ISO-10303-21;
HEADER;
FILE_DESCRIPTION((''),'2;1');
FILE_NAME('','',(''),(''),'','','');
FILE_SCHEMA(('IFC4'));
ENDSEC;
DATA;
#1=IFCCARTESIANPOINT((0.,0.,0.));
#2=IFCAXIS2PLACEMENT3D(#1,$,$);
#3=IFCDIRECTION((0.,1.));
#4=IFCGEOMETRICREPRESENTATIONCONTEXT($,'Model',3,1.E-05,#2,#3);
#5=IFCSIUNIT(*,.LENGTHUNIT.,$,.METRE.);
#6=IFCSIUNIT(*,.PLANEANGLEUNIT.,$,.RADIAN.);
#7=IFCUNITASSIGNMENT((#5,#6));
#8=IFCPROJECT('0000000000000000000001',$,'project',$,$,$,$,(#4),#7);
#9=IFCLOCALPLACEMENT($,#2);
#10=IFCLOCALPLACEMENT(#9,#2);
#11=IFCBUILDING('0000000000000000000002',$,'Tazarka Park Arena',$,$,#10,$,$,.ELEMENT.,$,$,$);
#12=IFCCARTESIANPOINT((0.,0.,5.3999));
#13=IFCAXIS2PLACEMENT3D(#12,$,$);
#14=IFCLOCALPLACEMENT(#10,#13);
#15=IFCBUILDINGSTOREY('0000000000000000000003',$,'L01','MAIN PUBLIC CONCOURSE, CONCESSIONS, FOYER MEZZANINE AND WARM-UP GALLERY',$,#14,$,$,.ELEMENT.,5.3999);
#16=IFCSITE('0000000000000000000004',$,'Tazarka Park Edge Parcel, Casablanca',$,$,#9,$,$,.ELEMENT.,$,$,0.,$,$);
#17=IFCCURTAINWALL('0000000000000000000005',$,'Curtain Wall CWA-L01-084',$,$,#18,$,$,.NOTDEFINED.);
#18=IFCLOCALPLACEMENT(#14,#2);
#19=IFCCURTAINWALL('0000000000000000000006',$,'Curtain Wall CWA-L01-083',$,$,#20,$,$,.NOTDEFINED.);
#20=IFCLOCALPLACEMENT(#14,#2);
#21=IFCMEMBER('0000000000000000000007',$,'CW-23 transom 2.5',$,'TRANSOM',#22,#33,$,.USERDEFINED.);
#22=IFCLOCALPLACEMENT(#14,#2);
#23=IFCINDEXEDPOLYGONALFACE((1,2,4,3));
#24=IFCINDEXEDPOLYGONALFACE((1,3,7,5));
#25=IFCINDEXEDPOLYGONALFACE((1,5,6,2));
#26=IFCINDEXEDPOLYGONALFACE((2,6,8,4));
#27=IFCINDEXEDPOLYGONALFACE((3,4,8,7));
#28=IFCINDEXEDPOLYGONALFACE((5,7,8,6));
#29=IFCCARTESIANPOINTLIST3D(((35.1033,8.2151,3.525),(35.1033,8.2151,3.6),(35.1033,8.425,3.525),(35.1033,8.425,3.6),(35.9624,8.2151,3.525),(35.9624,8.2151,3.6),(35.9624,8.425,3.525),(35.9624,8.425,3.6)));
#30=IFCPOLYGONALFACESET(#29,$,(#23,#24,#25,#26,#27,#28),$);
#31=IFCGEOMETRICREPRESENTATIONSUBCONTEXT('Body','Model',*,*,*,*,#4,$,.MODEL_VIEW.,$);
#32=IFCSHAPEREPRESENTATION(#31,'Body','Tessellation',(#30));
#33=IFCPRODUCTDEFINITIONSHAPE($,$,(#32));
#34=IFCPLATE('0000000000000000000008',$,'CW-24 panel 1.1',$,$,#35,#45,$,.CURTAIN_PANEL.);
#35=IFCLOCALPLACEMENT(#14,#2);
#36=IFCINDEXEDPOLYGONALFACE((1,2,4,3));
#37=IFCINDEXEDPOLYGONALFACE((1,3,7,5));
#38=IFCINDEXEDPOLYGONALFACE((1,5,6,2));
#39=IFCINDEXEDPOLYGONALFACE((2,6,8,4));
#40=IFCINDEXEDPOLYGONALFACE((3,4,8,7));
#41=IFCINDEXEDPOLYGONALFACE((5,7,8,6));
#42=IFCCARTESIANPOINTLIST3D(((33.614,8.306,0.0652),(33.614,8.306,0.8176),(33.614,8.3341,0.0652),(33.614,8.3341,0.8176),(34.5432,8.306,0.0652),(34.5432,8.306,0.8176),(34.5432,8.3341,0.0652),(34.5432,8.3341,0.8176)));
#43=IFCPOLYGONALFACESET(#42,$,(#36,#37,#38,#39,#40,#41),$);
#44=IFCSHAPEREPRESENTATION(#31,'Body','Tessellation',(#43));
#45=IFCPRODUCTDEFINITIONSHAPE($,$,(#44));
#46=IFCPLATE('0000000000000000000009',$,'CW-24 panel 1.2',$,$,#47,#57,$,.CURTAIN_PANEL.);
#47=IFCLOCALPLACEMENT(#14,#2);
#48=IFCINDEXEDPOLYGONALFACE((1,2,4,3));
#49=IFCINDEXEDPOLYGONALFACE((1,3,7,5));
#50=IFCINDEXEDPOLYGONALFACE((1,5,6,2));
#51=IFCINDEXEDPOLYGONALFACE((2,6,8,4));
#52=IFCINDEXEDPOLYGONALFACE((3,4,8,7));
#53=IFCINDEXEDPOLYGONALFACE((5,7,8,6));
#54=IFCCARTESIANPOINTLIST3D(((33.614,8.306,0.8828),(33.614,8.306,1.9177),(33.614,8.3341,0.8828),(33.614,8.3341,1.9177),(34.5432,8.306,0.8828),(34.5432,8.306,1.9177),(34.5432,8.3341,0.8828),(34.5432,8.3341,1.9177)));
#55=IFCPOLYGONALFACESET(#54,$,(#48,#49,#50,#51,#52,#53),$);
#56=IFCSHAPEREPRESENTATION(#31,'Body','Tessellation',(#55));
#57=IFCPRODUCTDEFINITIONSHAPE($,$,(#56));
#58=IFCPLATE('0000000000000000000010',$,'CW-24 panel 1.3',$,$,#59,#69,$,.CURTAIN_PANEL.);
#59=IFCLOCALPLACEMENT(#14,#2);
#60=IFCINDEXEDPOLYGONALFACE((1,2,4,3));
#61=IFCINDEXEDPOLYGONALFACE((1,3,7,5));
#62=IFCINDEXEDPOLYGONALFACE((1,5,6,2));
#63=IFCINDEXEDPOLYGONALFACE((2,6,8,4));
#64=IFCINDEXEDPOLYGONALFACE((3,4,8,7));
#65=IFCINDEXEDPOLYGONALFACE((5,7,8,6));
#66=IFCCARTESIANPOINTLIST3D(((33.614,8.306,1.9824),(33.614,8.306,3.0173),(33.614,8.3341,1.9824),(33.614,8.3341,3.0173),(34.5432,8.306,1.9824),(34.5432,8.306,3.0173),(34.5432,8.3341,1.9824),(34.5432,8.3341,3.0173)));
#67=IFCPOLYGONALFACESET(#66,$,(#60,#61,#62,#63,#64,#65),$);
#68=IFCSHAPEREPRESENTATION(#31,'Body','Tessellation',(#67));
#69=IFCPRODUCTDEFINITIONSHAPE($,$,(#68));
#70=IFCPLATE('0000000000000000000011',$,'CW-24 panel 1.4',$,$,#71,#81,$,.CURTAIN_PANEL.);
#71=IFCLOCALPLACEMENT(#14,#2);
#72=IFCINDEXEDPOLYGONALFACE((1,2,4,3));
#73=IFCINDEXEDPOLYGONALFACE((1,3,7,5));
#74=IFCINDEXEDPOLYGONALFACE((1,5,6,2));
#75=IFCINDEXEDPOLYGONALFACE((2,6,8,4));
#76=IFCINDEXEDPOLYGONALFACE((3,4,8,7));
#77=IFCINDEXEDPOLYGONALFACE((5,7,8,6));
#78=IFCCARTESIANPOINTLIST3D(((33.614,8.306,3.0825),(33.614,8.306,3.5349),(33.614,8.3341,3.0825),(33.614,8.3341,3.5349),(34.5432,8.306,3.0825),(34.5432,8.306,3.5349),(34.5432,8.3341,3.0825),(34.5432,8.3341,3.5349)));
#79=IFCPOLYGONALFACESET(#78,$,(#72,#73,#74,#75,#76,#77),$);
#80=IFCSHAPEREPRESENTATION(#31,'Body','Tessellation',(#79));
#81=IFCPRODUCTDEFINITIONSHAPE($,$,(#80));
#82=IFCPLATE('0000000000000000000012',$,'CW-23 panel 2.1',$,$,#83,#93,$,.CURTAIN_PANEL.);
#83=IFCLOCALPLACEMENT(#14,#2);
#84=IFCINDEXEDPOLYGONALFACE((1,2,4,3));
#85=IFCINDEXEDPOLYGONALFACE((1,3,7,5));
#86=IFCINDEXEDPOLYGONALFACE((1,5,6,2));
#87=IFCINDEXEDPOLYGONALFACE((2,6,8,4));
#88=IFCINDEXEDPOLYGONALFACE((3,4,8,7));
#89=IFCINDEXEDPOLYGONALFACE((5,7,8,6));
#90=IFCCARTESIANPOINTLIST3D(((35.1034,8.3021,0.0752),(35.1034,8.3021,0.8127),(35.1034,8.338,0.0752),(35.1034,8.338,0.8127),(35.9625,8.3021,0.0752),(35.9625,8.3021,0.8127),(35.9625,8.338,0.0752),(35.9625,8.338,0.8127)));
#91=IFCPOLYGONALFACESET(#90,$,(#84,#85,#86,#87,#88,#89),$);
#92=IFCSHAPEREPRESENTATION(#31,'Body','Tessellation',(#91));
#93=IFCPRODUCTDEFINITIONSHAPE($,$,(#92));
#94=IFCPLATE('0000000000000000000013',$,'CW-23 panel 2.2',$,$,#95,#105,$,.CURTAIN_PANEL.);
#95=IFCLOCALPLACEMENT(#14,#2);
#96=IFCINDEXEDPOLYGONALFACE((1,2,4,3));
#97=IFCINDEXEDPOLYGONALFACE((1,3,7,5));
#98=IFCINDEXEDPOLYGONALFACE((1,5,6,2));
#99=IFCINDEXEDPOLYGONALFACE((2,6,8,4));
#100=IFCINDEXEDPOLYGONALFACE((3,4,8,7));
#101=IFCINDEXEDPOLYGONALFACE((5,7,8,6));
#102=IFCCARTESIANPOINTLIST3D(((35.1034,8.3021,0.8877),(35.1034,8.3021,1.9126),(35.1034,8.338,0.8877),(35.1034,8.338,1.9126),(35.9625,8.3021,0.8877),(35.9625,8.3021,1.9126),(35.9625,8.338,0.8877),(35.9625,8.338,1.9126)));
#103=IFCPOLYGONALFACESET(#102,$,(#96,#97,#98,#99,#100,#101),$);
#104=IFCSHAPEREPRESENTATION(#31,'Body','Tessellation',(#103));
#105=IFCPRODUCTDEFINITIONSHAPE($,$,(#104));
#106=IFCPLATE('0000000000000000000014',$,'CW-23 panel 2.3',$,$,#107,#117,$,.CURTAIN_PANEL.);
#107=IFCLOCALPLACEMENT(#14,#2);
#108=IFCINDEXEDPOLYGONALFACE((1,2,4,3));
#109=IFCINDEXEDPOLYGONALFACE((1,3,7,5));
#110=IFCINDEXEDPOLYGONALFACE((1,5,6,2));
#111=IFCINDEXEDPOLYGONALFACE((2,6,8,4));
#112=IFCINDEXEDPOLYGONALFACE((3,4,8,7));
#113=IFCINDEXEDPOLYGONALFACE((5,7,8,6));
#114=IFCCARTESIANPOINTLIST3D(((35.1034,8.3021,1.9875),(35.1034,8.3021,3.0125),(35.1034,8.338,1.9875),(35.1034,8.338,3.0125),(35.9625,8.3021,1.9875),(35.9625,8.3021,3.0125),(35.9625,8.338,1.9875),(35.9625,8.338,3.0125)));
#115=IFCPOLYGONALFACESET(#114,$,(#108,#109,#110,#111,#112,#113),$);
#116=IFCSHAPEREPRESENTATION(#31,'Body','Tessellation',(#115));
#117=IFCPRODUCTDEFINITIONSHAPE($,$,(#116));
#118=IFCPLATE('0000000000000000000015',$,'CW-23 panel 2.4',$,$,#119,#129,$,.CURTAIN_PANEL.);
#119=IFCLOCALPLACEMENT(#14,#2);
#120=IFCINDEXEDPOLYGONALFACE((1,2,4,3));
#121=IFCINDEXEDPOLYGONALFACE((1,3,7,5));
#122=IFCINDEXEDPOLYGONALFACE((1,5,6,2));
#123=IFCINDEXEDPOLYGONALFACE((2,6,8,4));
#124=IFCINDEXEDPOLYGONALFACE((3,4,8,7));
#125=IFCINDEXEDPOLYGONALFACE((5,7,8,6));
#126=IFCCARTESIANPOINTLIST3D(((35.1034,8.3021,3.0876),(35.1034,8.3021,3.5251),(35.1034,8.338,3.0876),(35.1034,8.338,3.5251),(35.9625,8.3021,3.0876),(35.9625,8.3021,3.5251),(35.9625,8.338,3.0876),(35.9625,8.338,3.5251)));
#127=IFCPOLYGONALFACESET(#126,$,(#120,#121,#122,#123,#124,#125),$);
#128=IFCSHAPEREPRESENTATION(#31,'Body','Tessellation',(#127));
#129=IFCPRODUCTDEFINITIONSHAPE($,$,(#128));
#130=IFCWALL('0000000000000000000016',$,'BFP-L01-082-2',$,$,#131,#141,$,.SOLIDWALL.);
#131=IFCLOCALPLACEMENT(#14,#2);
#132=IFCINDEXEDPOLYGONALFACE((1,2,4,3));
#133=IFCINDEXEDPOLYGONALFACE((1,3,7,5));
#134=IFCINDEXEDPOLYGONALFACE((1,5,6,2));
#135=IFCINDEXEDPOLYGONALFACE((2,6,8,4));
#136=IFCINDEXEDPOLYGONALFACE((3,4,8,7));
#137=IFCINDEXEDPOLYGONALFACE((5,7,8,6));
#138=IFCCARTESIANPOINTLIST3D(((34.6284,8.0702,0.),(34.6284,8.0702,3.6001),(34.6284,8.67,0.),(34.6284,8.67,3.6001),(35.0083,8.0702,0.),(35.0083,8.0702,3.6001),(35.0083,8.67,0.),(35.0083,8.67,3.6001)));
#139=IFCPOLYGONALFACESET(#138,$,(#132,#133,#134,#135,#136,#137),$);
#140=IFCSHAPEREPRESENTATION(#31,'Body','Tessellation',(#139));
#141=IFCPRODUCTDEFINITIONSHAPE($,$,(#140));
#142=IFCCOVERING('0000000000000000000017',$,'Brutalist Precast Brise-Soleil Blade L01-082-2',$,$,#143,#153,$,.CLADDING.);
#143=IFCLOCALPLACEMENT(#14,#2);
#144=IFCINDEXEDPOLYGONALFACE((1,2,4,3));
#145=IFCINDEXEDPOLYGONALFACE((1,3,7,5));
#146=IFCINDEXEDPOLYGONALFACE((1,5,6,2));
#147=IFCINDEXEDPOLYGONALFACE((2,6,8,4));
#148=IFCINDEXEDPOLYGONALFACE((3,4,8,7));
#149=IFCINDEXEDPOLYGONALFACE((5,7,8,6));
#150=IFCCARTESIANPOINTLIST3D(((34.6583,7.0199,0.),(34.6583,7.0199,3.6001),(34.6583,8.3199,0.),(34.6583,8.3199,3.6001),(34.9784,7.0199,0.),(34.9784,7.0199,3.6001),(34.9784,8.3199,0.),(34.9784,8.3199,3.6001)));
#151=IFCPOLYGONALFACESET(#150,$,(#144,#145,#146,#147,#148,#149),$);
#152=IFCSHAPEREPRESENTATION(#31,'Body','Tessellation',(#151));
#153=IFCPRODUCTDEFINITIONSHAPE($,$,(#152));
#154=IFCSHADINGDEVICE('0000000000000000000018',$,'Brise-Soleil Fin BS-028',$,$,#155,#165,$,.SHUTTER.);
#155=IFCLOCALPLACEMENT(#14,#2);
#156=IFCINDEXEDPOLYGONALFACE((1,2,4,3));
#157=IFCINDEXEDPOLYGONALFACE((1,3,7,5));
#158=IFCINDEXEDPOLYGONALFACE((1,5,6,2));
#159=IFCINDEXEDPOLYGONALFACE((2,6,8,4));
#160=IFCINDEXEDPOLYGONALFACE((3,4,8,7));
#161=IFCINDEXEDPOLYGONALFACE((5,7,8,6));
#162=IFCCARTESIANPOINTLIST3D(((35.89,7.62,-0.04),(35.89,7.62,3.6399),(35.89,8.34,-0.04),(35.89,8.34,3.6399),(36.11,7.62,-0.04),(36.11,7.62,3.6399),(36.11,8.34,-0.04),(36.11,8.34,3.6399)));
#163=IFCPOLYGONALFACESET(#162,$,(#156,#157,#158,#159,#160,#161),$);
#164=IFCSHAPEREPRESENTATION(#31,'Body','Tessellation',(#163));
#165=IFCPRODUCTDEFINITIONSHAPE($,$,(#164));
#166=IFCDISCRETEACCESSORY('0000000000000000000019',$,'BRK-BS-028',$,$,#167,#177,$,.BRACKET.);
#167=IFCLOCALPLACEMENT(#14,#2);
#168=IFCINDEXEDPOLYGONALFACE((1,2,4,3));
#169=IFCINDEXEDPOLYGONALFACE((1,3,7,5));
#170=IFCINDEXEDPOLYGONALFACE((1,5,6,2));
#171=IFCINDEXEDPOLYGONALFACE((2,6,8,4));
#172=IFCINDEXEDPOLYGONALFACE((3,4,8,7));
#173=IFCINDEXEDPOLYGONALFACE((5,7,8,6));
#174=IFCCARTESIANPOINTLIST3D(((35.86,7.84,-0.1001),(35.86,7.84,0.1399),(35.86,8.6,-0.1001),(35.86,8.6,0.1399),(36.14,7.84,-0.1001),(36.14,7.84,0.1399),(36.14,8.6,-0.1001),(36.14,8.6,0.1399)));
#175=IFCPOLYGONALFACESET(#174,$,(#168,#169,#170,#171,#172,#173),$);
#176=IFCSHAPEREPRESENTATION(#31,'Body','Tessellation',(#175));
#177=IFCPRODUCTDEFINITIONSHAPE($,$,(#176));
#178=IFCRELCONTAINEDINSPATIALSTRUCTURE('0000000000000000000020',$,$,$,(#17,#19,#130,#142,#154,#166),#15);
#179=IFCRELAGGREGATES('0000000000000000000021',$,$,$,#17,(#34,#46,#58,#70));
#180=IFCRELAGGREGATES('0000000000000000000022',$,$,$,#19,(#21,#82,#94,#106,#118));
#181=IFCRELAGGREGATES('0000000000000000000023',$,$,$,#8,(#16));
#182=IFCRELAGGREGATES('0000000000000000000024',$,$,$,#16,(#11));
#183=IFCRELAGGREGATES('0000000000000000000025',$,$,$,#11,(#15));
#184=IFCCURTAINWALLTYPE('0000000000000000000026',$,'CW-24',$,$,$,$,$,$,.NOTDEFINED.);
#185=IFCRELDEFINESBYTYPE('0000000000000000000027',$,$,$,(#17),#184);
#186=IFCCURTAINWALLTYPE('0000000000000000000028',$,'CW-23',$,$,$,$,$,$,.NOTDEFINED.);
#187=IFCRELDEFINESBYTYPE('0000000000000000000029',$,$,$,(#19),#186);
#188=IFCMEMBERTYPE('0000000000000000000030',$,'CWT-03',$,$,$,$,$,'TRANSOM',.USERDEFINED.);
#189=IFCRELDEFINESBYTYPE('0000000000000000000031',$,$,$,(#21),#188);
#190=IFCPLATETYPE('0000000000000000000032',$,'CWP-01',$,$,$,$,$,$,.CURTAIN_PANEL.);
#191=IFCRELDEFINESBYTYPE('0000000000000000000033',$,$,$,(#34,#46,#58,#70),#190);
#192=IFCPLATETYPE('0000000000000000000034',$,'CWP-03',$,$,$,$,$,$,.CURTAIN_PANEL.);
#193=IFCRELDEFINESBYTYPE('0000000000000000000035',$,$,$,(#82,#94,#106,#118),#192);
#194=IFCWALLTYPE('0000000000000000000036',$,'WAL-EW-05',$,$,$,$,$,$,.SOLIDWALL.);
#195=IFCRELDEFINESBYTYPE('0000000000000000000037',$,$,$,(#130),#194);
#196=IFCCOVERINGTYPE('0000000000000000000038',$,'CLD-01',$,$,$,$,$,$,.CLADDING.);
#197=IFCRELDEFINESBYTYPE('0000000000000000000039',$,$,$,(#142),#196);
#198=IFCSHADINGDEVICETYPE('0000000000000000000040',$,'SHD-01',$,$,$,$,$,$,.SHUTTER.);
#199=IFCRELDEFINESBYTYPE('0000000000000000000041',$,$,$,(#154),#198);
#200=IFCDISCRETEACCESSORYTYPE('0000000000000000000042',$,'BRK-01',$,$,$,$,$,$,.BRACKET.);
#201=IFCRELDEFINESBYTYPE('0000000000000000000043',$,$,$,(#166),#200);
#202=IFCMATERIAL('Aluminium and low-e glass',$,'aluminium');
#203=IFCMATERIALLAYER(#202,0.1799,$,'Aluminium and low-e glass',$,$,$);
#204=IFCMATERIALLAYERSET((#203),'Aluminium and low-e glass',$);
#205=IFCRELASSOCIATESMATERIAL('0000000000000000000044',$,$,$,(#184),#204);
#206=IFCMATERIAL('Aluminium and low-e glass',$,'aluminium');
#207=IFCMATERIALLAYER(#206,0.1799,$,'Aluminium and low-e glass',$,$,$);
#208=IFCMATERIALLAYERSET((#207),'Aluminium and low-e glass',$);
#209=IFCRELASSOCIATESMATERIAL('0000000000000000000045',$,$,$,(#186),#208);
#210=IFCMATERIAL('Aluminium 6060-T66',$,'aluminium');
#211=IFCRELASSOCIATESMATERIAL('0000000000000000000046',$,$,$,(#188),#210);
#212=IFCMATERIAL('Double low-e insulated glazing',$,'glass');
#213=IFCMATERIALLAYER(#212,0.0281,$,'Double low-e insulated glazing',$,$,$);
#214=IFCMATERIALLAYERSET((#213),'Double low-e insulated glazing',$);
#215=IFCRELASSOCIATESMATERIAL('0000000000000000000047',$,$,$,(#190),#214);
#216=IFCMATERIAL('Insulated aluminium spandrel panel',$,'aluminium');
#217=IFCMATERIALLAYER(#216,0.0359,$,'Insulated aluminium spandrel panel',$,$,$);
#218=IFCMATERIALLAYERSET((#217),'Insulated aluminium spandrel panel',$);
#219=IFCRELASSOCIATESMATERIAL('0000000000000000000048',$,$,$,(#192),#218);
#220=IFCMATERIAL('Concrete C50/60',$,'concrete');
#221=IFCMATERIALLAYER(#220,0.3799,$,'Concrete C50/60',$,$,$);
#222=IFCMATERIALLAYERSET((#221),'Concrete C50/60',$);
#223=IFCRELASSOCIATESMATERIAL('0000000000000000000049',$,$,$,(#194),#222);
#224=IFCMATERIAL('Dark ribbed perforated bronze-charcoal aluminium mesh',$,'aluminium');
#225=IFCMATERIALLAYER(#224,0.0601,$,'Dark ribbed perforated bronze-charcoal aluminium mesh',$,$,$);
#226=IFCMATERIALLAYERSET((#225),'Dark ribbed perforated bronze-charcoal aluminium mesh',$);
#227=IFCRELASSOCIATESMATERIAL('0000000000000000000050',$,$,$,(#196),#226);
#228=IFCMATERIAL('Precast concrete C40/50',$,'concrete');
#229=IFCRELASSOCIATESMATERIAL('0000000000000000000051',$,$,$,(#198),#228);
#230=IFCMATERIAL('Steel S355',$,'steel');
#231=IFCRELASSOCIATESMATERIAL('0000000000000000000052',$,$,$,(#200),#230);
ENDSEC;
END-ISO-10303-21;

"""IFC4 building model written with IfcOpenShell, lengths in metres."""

from ifc_helpers import new_model, si_unit, direction, frame, frame_2d, origin, origin_2d, place, context, subcontext, project, spatial, rectangle, extrude, material, layer, layer_set, material_profile, profile_set, type_object, element, aggregate, save


model = new_model("IFC4")

# Units and contexts
model_context = context("Model", 3, precision=1e-05, world=origin(), true_north=direction((0.0, 1.0)))
body_context = subcontext(model_context, "Body", "Model", "MODEL_VIEW")
ifc_project = project(units=[si_unit("LENGTHUNIT", "METRE"), si_unit("PLANEANGLEUNIT", "RADIAN")], contexts=[model_context])

# Site, building, storey
site_placement = place(None, origin())
site = spatial("IfcSite", under=ifc_project, at=site_placement, Name="Tazarka Park Edge Parcel, Casablanca", CompositionType="ELEMENT", RefElevation=0.0)
building_placement = place(site_placement, origin())
building = spatial("IfcBuilding", under=site, at=building_placement, Name="Tazarka Park Arena", CompositionType="ELEMENT")
storey_placement = place(building_placement, frame((0.0, 0.0, 5.3999)))
storey = spatial("IfcBuildingStorey", under=building, at=storey_placement, Name="L01", Description="MAIN PUBLIC CONCOURSE, CONCESSIONS, FOYER MEZZANINE AND WARM-UP GALLERY", CompositionType="ELEMENT", Elevation=5.3999)

# Curtain wall
ifc_material_1 = material(Name="Aluminium and low-e glass", Category="aluminium")
ifc_layer_1 = layer(ifc_material_1, 0.1799, Name="Aluminium and low-e glass")
ifc_layer_set_1 = layer_set([ifc_layer_1], Name="Aluminium and low-e glass")
curtain_wall_type_1 = type_object("IfcCurtainWallType", Name="CW-24", PredefinedType="NOTDEFINED", material=ifc_layer_set_1)
curtain_wall_1_placement = place(storey_placement, origin())
curtain_wall_1 = element("IfcCurtainWall", 1, at=curtain_wall_1_placement, inside=storey, type_object=curtain_wall_type_1, Name="Curtain Wall CWA-L01-084", PredefinedType="NOTDEFINED")

# Curtain wall
ifc_material_2 = material(Name="Aluminium and low-e glass", Category="aluminium")
ifc_layer_2 = layer(ifc_material_2, 0.1799, Name="Aluminium and low-e glass")
ifc_layer_set_2 = layer_set([ifc_layer_2], Name="Aluminium and low-e glass")
curtain_wall_type_2 = type_object("IfcCurtainWallType", Name="CW-23", PredefinedType="NOTDEFINED", material=ifc_layer_set_2)
curtain_wall_2_placement = place(storey_placement, origin())
curtain_wall_2 = element("IfcCurtainWall", 2, at=curtain_wall_2_placement, inside=storey, type_object=curtain_wall_type_2, Name="Curtain Wall CWA-L01-083", PredefinedType="NOTDEFINED")

# Member
ifc_material_3 = material(Name="Aluminium 6060-T66", Category="aluminium")
ifc_material_profile_1 = material_profile(ifc_material_3, rectangle(XDim=0.21, YDim=0.075, at=origin_2d()), Name="Aluminium 6060-T66")
ifc_profile_set_1 = profile_set([ifc_material_profile_1], Name="Aluminium 6060-T66")
member_type_1 = type_object("IfcMemberType", Name="CWT-03", ElementType="TRANSOM", PredefinedType="USERDEFINED", material=ifc_profile_set_1)
member_1_placement = place(storey_placement, frame((35.9624, 8.3201, 3.5625), z_axis=(-1.0, 0.0, 0.0), x_axis=(0.0, -1.0, 0.0)))
member_1 = element("IfcMember", 3, at=member_1_placement, type_object=member_type_1, Name="CW-23 transom 2.5", ObjectType="TRANSOM", PredefinedType="USERDEFINED", context=body_context, shape_type="SweptSolid", body=[
    extrude(rectangle(XDim=0.21, YDim=0.075, at=origin_2d()), origin(), (0.0, 0.0, 1.0), 0.8591),
])

# Plates
ifc_material_4 = material(Name="Double low-e insulated glazing", Category="glass")
ifc_layer_3 = layer(ifc_material_4, 0.0281, Name="Double low-e insulated glazing")
ifc_layer_set_3 = layer_set([ifc_layer_3], Name="Double low-e insulated glazing")
plate_type_1 = type_object("IfcPlateType", Name="CWP-01", PredefinedType="CURTAIN_PANEL", material=ifc_layer_set_3)
plate_1_placement = place(storey_placement, frame((34.0786, 8.3201, 0.0652), z_axis=(0.0, 0.0, 1.0), x_axis=(-1.0, 0.0, 0.0)))
plate_1 = element("IfcPlate", 4, at=plate_1_placement, type_object=plate_type_1, Name="CW-24 panel 1.1", PredefinedType="CURTAIN_PANEL", context=body_context, shape_type="SweptSolid", body=[
    extrude(rectangle(XDim=0.9292, YDim=0.0281, at=origin_2d()), origin(), (0.0, 0.0, 1.0), 0.7524),
])
plate_2_placement = place(storey_placement, frame((34.0786, 8.3201, 0.8828), z_axis=(0.0, 0.0, 1.0), x_axis=(-1.0, 0.0, 0.0)))
plate_2 = element("IfcPlate", 5, at=plate_2_placement, type_object=plate_type_1, Name="CW-24 panel 1.2", PredefinedType="CURTAIN_PANEL", context=body_context, shape_type="SweptSolid", body=[
    extrude(rectangle(XDim=0.9292, YDim=0.0281, at=origin_2d()), origin(), (0.0, 0.0, 1.0), 1.0349),
])
plate_3_placement = place(storey_placement, frame((34.0786, 8.3201, 1.9824), z_axis=(0.0, 0.0, 1.0), x_axis=(-1.0, 0.0, 0.0)))
plate_3 = element("IfcPlate", 6, at=plate_3_placement, type_object=plate_type_1, Name="CW-24 panel 1.3", PredefinedType="CURTAIN_PANEL", context=body_context, shape_type="SweptSolid", body=[
    extrude(rectangle(XDim=0.9292, YDim=0.0281, at=origin_2d()), origin(), (0.0, 0.0, 1.0), 1.0349),
])
plate_4_placement = place(storey_placement, frame((34.0786, 8.3201, 3.0825), z_axis=(0.0, 0.0, 1.0), x_axis=(-1.0, 0.0, 0.0)))
plate_4 = element("IfcPlate", 7, at=plate_4_placement, type_object=plate_type_1, Name="CW-24 panel 1.4", PredefinedType="CURTAIN_PANEL", context=body_context, shape_type="SweptSolid", body=[
    extrude(rectangle(XDim=0.9292, YDim=0.0281, at=origin_2d()), origin(), (0.0, 0.0, 1.0), 0.4524),
])
aggregate(curtain_wall_1, [plate_1, plate_2, plate_3, plate_4])
ifc_material_5 = material(Name="Insulated aluminium spandrel panel", Category="aluminium")
ifc_layer_4 = layer(ifc_material_5, 0.0359, Name="Insulated aluminium spandrel panel")
ifc_layer_set_4 = layer_set([ifc_layer_4], Name="Insulated aluminium spandrel panel")
plate_type_2 = type_object("IfcPlateType", Name="CWP-03", PredefinedType="CURTAIN_PANEL", material=ifc_layer_set_4)
plate_5_placement = place(storey_placement, frame((35.533, 8.3201, 0.0752), z_axis=(0.0, 0.0, 1.0), x_axis=(-1.0, 0.0, 0.0)))
plate_5 = element("IfcPlate", 8, at=plate_5_placement, type_object=plate_type_2, Name="CW-23 panel 2.1", PredefinedType="CURTAIN_PANEL", context=body_context, shape_type="SweptSolid", body=[
    extrude(rectangle(XDim=0.8591, YDim=0.0359, at=origin_2d()), origin(), (0.0, 0.0, 1.0), 0.7375),
])
plate_6_placement = place(storey_placement, frame((35.533, 8.3201, 0.8877), z_axis=(0.0, 0.0, 1.0), x_axis=(-1.0, 0.0, 0.0)))
plate_6 = element("IfcPlate", 9, at=plate_6_placement, type_object=plate_type_2, Name="CW-23 panel 2.2", PredefinedType="CURTAIN_PANEL", context=body_context, shape_type="SweptSolid", body=[
    extrude(rectangle(XDim=0.8591, YDim=0.0359, at=origin_2d()), origin(), (0.0, 0.0, 1.0), 1.0249),
])
plate_7_placement = place(storey_placement, frame((35.533, 8.3201, 1.9875), z_axis=(0.0, 0.0, 1.0), x_axis=(-1.0, 0.0, 0.0)))
plate_7 = element("IfcPlate", 10, at=plate_7_placement, type_object=plate_type_2, Name="CW-23 panel 2.3", PredefinedType="CURTAIN_PANEL", context=body_context, shape_type="SweptSolid", body=[
    extrude(rectangle(XDim=0.8591, YDim=0.0359, at=origin_2d()), origin(), (0.0, 0.0, 1.0), 1.0249),
])
plate_8_placement = place(storey_placement, frame((35.533, 8.3201, 3.0876), z_axis=(0.0, 0.0, 1.0), x_axis=(-1.0, 0.0, 0.0)))
plate_8 = element("IfcPlate", 11, at=plate_8_placement, type_object=plate_type_2, Name="CW-23 panel 2.4", PredefinedType="CURTAIN_PANEL", context=body_context, shape_type="SweptSolid", body=[
    extrude(rectangle(XDim=0.8591, YDim=0.0359, at=origin_2d()), origin(), (0.0, 0.0, 1.0), 0.4375),
])
aggregate(curtain_wall_2, [member_1, plate_5, plate_6, plate_7, plate_8])

# Wall
ifc_material_6 = material(Name="Concrete C50/60", Category="concrete")
ifc_layer_5 = layer(ifc_material_6, 0.3799, Name="Concrete C50/60")
ifc_layer_set_5 = layer_set([ifc_layer_5], Name="Concrete C50/60")
wall_type = type_object("IfcWallType", Name="WAL-EW-05", PredefinedType="SOLIDWALL", material=ifc_layer_set_5)
wall_placement = place(storey_placement, frame((34.8184, 8.6699, 0.0), z_axis=(0.0, 0.0, 1.0), x_axis=(0.0, -1.0, 0.0)))
element("IfcWall", 12, at=wall_placement, inside=storey, type_object=wall_type, Name="BFP-L01-082-2", PredefinedType="SOLIDWALL", context=body_context, shape_type="SweptSolid", body=[
    extrude(rectangle(XDim=0.5999, YDim=0.3799, at=frame_2d((0.2998, 0.0))), origin(), (0.0, 0.0, 1.0), 3.6001),
])

# Covering
ifc_material_7 = material(Name="Dark ribbed perforated bronze-charcoal aluminium mesh", Category="aluminium")
ifc_layer_6 = layer(ifc_material_7, 0.0601, Name="Dark ribbed perforated bronze-charcoal aluminium mesh")
ifc_layer_set_6 = layer_set([ifc_layer_6], Name="Dark ribbed perforated bronze-charcoal aluminium mesh")
covering_type = type_object("IfcCoveringType", Name="CLD-01", PredefinedType="CLADDING", material=ifc_layer_set_6)
covering_placement = place(storey_placement, frame((34.8184, 7.6699, 0.0), z_axis=(0.0, 0.0, 1.0), x_axis=(-1.0, 0.0, 0.0)))
element("IfcCovering", 13, at=covering_placement, inside=storey, type_object=covering_type, Name="Brutalist Precast Brise-Soleil Blade L01-082-2", PredefinedType="CLADDING", context=body_context, shape_type="SweptSolid", body=[
    extrude(rectangle(XDim=0.3201, YDim=1.3, at=origin_2d()), origin(), (0.0, 0.0, 1.0), 3.6001),
])

# Shading device
ifc_material_8 = material(Name="Precast concrete C40/50", Category="concrete")
shading_device_type = type_object("IfcShadingDeviceType", Name="SHD-01", PredefinedType="SHUTTER", material=ifc_material_8)
shading_device_placement = place(storey_placement, frame((36.0, 7.98, -0.04), z_axis=(0.0, 0.0, 1.0), x_axis=(-1.0, 0.0, 0.0)))
element("IfcShadingDevice", 14, at=shading_device_placement, inside=storey, type_object=shading_device_type, Name="Brise-Soleil Fin BS-028", PredefinedType="SHUTTER", context=body_context, shape_type="SweptSolid", body=[
    extrude(rectangle(XDim=0.22, YDim=0.72, at=origin_2d()), origin(), (0.0, 0.0, 1.0), 3.6799),
])

# Discrete accessory
ifc_material_9 = material(Name="Steel S355", Category="steel")
discrete_accessory_type = type_object("IfcDiscreteAccessoryType", Name="BRK-01", PredefinedType="BRACKET", material=ifc_material_9)
discrete_accessory_placement = place(storey_placement, frame((36.0, 8.22, -0.1001), z_axis=(0.0, 0.0, 1.0), x_axis=(-1.0, 0.0, 0.0)))
element("IfcDiscreteAccessory", 15, at=discrete_accessory_placement, inside=storey, type_object=discrete_accessory_type, Name="BRK-BS-028", PredefinedType="BRACKET", context=body_context, shape_type="SweptSolid", body=[
    extrude(rectangle(XDim=0.28, YDim=0.76, at=origin_2d()), origin(), (0.0, 0.0, 1.0), 0.24),
])

save(model, "model.ifc")
